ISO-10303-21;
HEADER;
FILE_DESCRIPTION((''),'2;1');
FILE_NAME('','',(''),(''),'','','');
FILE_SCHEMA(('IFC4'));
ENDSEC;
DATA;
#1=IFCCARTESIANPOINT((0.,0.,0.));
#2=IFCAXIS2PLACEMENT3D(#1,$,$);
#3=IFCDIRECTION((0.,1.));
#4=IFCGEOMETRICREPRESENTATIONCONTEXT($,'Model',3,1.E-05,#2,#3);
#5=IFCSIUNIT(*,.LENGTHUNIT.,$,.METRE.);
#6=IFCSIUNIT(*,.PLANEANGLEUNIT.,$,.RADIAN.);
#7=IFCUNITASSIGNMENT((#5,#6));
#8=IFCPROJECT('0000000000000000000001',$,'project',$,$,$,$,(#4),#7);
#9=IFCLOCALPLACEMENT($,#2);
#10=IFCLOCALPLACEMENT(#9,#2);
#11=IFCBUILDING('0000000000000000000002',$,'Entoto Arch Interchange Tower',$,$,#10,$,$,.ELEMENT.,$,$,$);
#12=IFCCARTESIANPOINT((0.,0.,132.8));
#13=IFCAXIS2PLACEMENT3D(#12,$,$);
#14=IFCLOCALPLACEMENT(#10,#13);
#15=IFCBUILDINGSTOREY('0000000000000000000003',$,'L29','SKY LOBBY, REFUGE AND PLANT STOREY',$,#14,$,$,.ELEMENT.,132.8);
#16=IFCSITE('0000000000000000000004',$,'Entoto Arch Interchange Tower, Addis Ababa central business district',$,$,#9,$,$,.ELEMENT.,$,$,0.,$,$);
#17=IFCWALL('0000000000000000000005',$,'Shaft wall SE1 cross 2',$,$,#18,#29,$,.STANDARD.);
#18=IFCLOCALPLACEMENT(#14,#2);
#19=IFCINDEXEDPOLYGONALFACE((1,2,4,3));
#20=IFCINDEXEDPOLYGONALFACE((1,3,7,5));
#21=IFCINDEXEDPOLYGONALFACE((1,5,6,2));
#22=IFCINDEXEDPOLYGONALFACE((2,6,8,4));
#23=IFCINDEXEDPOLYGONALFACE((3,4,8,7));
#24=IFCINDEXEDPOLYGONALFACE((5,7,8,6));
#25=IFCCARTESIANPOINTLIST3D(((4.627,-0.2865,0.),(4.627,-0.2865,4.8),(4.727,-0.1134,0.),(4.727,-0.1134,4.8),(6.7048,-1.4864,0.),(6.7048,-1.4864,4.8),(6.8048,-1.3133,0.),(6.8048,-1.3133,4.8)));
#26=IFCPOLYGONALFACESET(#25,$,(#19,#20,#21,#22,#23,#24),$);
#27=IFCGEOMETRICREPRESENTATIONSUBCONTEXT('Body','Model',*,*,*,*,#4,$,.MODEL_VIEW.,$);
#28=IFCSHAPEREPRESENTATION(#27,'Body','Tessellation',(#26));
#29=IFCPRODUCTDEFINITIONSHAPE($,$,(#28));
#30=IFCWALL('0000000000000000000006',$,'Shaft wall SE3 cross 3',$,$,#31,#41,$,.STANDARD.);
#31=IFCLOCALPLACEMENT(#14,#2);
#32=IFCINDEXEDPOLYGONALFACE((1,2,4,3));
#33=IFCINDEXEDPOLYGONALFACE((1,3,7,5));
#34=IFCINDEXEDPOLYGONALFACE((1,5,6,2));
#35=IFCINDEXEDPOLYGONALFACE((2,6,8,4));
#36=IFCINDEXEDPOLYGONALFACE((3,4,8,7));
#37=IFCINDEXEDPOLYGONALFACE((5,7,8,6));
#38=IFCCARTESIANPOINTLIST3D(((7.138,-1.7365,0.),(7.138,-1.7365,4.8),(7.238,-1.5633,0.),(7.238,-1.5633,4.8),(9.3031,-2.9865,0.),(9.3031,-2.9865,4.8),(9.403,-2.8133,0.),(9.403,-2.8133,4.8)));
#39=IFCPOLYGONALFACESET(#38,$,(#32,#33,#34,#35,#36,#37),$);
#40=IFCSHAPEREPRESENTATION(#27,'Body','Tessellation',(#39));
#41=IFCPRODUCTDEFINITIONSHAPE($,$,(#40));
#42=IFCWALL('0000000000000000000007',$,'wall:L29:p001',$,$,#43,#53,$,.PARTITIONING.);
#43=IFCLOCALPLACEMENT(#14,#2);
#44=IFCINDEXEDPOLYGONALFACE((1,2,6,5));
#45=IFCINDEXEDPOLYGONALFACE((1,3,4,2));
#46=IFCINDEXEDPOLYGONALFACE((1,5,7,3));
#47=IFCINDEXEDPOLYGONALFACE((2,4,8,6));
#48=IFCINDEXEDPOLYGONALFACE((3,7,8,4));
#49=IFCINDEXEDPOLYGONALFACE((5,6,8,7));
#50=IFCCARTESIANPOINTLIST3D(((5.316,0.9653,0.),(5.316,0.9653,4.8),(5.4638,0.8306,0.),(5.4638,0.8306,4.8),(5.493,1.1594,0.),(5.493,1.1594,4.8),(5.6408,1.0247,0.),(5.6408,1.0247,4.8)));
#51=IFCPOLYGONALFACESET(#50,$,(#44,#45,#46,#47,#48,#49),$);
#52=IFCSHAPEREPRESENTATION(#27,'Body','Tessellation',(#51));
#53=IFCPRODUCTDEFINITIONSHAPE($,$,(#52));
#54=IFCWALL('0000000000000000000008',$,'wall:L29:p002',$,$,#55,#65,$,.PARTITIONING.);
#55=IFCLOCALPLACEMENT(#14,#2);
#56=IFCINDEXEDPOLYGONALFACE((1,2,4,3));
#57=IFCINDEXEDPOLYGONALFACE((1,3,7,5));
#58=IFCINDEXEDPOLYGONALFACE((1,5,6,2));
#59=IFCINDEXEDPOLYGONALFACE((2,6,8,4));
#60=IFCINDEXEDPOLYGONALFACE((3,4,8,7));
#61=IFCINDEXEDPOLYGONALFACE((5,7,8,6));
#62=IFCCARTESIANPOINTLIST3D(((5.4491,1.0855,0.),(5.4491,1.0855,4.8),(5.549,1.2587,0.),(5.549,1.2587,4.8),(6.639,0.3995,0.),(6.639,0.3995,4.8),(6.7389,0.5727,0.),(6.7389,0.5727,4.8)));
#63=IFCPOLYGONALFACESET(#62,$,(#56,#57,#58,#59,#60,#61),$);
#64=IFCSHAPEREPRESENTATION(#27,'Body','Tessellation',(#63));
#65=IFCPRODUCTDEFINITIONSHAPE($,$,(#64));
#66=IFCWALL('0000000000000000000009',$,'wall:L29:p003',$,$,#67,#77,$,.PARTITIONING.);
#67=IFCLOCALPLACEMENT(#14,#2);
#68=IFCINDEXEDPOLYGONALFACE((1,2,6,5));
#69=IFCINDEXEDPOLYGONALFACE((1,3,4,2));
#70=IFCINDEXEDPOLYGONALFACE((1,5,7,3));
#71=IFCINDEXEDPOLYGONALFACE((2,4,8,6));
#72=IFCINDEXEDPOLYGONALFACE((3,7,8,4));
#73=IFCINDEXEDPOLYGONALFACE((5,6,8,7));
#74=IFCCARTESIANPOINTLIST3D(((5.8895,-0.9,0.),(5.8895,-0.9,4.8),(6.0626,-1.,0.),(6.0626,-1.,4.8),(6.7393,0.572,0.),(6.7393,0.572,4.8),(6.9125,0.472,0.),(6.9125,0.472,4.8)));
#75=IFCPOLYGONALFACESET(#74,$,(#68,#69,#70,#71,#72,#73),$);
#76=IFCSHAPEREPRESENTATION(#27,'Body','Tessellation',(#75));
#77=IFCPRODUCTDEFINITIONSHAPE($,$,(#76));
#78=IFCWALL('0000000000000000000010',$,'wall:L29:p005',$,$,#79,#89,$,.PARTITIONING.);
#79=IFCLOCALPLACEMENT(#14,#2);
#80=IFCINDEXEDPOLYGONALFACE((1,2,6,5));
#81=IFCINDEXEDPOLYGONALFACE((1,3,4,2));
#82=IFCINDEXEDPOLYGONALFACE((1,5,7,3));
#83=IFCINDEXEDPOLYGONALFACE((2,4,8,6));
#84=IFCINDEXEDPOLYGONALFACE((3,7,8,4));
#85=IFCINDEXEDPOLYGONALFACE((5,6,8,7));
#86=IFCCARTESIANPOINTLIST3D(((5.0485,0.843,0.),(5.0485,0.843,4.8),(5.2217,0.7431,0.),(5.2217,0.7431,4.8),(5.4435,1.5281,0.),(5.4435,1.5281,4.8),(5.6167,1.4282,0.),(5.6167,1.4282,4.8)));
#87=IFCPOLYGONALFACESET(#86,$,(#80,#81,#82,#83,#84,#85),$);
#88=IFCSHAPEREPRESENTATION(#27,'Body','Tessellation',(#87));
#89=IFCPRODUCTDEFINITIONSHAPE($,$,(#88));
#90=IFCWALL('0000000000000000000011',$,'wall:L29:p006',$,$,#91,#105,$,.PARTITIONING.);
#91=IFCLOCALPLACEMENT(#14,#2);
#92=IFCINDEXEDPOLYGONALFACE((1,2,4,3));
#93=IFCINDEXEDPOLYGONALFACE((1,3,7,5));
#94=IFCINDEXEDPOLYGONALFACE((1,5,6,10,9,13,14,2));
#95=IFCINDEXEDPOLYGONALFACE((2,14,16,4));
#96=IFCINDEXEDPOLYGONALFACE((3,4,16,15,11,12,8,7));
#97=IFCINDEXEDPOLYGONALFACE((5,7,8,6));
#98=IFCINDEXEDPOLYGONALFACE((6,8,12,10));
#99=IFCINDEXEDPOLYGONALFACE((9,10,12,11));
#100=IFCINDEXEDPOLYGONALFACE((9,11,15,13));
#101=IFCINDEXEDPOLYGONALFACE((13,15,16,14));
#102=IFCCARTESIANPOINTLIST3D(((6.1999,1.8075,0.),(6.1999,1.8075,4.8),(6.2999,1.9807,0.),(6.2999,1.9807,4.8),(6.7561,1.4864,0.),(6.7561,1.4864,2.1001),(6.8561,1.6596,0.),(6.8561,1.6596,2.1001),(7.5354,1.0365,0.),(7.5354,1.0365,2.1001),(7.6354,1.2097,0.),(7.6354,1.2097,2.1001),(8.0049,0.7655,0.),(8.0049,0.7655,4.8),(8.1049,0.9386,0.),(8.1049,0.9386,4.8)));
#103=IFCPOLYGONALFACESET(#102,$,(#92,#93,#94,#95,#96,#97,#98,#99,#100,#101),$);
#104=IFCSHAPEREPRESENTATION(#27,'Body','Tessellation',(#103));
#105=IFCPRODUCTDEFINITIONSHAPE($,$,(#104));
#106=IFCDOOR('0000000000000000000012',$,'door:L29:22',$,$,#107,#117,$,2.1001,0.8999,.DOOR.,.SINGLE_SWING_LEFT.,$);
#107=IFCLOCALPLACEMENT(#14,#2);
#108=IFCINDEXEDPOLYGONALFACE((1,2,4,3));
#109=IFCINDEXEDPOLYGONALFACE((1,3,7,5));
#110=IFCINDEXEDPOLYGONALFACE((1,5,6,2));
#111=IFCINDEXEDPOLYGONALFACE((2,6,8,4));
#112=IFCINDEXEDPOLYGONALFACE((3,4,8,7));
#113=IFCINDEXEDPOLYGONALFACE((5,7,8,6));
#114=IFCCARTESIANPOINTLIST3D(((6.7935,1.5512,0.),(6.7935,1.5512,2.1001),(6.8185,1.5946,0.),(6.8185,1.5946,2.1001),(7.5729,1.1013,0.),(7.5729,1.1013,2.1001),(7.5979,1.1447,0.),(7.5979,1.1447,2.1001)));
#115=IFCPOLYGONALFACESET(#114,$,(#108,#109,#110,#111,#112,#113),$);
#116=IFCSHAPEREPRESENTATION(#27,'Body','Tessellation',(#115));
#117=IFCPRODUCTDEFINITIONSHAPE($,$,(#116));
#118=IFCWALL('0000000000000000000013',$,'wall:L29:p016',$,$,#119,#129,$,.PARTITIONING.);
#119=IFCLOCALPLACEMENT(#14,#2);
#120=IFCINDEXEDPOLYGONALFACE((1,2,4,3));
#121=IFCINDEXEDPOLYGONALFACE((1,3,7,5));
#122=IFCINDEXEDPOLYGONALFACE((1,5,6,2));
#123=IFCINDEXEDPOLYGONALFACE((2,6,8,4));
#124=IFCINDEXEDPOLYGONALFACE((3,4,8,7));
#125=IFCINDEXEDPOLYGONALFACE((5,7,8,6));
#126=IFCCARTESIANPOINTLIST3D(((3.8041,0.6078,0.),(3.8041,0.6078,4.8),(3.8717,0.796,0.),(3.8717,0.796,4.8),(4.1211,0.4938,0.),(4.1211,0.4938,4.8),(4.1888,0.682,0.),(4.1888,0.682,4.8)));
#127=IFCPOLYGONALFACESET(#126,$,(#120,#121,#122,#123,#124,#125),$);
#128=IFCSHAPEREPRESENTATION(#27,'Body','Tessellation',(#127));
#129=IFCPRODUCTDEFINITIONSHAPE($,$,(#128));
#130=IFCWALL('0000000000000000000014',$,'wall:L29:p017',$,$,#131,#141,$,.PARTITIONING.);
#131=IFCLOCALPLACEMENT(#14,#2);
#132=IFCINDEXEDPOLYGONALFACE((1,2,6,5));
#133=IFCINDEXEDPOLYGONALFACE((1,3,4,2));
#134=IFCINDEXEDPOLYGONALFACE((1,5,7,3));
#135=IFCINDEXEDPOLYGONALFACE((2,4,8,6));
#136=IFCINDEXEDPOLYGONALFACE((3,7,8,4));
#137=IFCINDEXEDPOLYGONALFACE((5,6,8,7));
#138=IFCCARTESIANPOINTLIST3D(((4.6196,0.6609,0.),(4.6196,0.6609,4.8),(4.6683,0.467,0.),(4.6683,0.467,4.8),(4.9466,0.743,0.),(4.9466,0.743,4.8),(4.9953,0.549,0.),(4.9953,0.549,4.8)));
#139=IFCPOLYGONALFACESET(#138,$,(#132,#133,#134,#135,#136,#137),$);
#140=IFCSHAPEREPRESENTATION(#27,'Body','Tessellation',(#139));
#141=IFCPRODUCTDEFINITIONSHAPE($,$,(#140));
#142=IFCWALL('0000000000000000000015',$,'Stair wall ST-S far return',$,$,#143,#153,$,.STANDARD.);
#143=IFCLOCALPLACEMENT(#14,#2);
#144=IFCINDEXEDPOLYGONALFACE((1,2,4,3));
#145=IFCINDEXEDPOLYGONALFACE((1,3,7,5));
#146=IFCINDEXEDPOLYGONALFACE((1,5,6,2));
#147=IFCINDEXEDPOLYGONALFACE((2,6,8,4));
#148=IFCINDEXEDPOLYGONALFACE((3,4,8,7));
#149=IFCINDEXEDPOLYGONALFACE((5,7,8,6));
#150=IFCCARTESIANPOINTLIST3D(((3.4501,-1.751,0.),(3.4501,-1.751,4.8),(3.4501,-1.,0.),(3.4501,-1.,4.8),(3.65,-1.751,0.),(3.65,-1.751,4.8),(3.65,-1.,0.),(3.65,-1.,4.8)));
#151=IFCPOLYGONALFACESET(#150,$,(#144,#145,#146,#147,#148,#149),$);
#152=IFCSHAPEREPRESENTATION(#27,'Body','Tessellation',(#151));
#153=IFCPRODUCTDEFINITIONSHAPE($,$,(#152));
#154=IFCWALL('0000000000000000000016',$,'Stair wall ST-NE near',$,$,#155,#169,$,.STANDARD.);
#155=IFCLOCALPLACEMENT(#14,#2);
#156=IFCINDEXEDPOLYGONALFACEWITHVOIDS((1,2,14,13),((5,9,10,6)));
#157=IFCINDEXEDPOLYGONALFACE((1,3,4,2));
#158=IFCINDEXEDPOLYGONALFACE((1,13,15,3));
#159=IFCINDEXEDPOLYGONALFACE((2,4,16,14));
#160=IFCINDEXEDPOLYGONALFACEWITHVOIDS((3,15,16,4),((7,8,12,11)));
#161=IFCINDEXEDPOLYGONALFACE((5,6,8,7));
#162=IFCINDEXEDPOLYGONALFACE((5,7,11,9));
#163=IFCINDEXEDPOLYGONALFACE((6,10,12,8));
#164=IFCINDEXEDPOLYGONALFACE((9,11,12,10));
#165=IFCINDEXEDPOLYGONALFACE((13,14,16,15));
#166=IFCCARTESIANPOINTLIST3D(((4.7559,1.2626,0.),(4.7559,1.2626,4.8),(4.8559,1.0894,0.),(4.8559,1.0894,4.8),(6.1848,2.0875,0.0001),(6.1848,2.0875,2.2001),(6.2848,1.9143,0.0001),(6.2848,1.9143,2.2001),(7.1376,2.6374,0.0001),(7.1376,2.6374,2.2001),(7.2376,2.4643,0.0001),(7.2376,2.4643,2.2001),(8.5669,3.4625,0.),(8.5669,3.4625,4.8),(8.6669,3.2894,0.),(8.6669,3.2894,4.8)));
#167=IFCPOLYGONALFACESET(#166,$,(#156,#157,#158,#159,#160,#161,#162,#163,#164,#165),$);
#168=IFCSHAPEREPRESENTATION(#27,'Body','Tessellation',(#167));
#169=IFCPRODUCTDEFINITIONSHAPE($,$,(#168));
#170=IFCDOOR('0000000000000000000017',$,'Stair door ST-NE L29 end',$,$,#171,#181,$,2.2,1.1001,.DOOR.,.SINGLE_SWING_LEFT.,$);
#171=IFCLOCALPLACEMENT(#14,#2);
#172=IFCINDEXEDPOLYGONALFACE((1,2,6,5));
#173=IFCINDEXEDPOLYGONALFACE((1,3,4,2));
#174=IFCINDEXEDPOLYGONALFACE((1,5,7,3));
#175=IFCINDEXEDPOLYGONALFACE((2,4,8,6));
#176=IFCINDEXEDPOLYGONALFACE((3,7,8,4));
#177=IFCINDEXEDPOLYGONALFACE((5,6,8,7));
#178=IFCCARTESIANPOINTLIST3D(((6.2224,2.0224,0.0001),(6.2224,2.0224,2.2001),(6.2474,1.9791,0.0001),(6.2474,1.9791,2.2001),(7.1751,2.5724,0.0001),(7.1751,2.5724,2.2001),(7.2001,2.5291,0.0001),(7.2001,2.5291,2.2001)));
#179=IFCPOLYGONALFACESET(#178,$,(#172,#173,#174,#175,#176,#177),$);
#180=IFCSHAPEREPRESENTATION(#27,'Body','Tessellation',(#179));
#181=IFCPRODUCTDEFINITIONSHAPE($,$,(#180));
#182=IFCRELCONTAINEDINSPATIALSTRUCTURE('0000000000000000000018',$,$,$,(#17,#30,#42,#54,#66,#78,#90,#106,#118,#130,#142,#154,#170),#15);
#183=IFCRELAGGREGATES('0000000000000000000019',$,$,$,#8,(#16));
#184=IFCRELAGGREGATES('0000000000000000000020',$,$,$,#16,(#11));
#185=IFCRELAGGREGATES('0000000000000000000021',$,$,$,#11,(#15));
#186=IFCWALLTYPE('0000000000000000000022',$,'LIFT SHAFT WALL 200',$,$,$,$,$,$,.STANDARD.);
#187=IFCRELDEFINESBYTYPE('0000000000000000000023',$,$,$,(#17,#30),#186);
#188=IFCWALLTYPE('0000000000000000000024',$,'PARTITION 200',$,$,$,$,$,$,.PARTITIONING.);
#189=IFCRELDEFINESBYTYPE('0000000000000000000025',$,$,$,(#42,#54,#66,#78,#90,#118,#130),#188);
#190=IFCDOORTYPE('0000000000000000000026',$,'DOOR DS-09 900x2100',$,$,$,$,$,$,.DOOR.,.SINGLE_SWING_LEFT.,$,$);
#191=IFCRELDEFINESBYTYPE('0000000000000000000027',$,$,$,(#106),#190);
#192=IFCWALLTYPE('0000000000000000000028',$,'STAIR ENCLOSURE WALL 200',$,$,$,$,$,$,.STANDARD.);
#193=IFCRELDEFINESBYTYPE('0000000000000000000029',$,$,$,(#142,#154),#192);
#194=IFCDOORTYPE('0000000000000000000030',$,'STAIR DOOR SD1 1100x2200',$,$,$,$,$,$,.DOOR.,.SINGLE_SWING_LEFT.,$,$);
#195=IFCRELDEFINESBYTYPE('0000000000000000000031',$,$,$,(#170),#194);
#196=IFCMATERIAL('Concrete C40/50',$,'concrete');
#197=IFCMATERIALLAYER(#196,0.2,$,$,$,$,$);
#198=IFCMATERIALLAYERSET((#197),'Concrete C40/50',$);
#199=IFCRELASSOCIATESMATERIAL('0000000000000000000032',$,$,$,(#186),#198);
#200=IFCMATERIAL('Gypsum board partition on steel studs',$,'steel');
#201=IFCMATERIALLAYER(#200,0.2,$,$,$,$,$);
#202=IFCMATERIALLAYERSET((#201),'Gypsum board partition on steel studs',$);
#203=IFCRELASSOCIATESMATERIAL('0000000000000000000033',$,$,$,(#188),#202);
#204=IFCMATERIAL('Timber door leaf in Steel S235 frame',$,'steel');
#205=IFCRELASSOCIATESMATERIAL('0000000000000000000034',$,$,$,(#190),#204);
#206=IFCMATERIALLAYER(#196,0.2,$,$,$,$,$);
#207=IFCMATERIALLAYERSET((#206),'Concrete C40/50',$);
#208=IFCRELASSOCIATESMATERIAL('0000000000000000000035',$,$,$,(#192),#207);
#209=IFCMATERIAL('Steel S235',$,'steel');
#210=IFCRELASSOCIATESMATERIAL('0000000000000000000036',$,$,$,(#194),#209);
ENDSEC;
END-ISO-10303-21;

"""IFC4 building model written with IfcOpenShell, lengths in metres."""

from ifc_helpers import new_model, si_unit, direction, frame, frame_2d, origin, place, context, subcontext, project, spatial, rectangle, extrude, material, layer, layer_set, type_object, element, fill, save


model = new_model("IFC4")

# Units and contexts
model_context = context("Model", 3, precision=1e-05, world=origin(), true_north=direction((0.0, 1.0)))
body_context = subcontext(model_context, "Body", "Model", "MODEL_VIEW")
ifc_project = project(units=[si_unit("LENGTHUNIT", "METRE"), si_unit("PLANEANGLEUNIT", "RADIAN")], contexts=[model_context])

# Site, building, storey
site_placement = place(None, origin())
site = spatial("IfcSite", under=ifc_project, at=site_placement, Name="Entoto Arch Interchange Tower, Addis Ababa central business district", CompositionType="ELEMENT", RefElevation=0.0)
building_placement = place(site_placement, origin())
building = spatial("IfcBuilding", under=site, at=building_placement, Name="Entoto Arch Interchange Tower", CompositionType="ELEMENT")
storey_placement = place(building_placement, frame((0.0, 0.0, 132.8)))
storey = spatial("IfcBuildingStorey", under=building, at=storey_placement, Name="L29", Description="SKY LOBBY, REFUGE AND PLANT STOREY", CompositionType="ELEMENT", Elevation=132.8)

# Walls
ifc_material_1 = material(Name="Concrete C40/50", Category="concrete")
ifc_layer_1 = layer(ifc_material_1, 0.2)
ifc_layer_set_1 = layer_set([ifc_layer_1], Name="Concrete C40/50")
wall_type_1 = type_object("IfcWallType", Name="LIFT SHAFT WALL 200", PredefinedType="STANDARD", material=ifc_layer_set_1)
wall_1_placement = place(storey_placement, frame((4.677, -0.2, 0.0), z_axis=(0.0, 0.0, 1.0), x_axis=(0.865974, -0.500089, 0.0)))
element("IfcWall", 1, at=wall_1_placement, inside=storey, type_object=wall_type_1, Name="Shaft wall SE1 cross 2", PredefinedType="STANDARD", context=body_context, shape_type="SweptSolid", body=[
    extrude(rectangle(XDim=2.3994, YDim=0.2, at=frame_2d((1.1997, 0.0))), origin(), (0.0, 0.0, 1.0), 4.8),
])
wall_2_placement = place(storey_placement, frame((7.188, -1.6499, 0.0), z_axis=(0.0, 0.0, 1.0), x_axis=(0.866023, -0.500004, 0.0)))
element("IfcWall", 2, at=wall_2_placement, inside=storey, type_object=wall_type_1, Name="Shaft wall SE3 cross 3", PredefinedType="STANDARD", context=body_context, shape_type="SweptSolid", body=[
    extrude(rectangle(XDim=2.5, YDim=0.2, at=frame_2d((1.25, 0.0))), origin(), (0.0, 0.0, 1.0), 4.8),
])
ifc_material_2 = material(Name="Gypsum board partition on steel studs", Category="steel")
ifc_layer_2 = layer(ifc_material_2, 0.2)
ifc_layer_set_2 = layer_set([ifc_layer_2], Name="Gypsum board partition on steel studs")
wall_type_2 = type_object("IfcWallType", Name="PARTITION 200", PredefinedType="PARTITIONING", material=ifc_layer_set_2)
wall_3_placement = place(storey_placement, frame((5.3899, 0.8979, 0.0), z_axis=(0.0, 0.0, 1.0), x_axis=(0.673828, 0.738888, 0.0)))
element("IfcWall", 3, at=wall_3_placement, inside=storey, type_object=wall_type_2, Name="wall:L29:p001", PredefinedType="PARTITIONING", context=body_context, shape_type="SweptSolid", body=[
    extrude(rectangle(XDim=0.2627, YDim=0.2, at=frame_2d((0.1313, 0.0))), origin(), (0.0, 0.0, 1.0), 4.8),
])
wall_4_placement = place(storey_placement, frame((5.499, 1.1721, 0.0), z_axis=(0.0, 0.0, 1.0), x_axis=(0.866334, -0.499466, 0.0)))
element("IfcWall", 4, at=wall_4_placement, inside=storey, type_object=wall_type_2, Name="wall:L29:p002", PredefinedType="PARTITIONING", context=body_context, shape_type="SweptSolid", body=[
    extrude(rectangle(XDim=1.3735, YDim=0.2, at=frame_2d((0.6868, 0.0))), origin(), (0.0, 0.0, 1.0), 4.8),
])
wall_5_placement = place(storey_placement, frame((6.8259, 0.522, 0.0), z_axis=(0.0, 0.0, 1.0), x_axis=(-0.500017, -0.866016, 0.0)))
element("IfcWall", 5, at=wall_5_placement, inside=storey, type_object=wall_type_2, Name="wall:L29:p003", PredefinedType="PARTITIONING", context=body_context, shape_type="SweptSolid", body=[
    extrude(rectangle(XDim=1.6997, YDim=0.2, at=frame_2d((0.8499, 0.0))), origin(), (0.0, 0.0, 1.0), 4.8),
])
wall_6_placement = place(storey_placement, frame((5.135, 0.793, 0.0), z_axis=(0.0, 0.0, 1.0), x_axis=(0.499526, 0.866299, 0.0)))
element("IfcWall", 6, at=wall_6_placement, inside=storey, type_object=wall_type_2, Name="wall:L29:p005", PredefinedType="PARTITIONING", context=body_context, shape_type="SweptSolid", body=[
    extrude(rectangle(XDim=0.7908, YDim=0.2, at=frame_2d((0.3955, 0.0))), origin(), (0.0, 0.0, 1.0), 4.8),
])

# Wall, opening, door
wall_7_placement = place(storey_placement, frame((6.25, 1.894, 0.0), z_axis=(0.0, 0.0, 1.0), x_axis=(0.866043, -0.499969, 0.0)))
wall_7 = element("IfcWall", 7, at=wall_7_placement, inside=storey, type_object=wall_type_2, Name="wall:L29:p006", PredefinedType="PARTITIONING", context=body_context, shape_type="SweptSolid", body=[
    extrude(rectangle(XDim=2.0842, YDim=0.2, at=frame_2d((1.042, 0.0))), origin(), (0.0, 0.0, 1.0), 4.8),
])
opening_1_placement = place(wall_7_placement, frame((0.6421, 0.0, 0.0)))
opening_1 = element("IfcOpeningElement", 8, at=opening_1_placement, cuts=wall_7, PredefinedType="OPENING", context=body_context, shape_type="SweptSolid", body=[
    extrude(rectangle(XDim=0.8999, YDim=2.1001, at=frame_2d((0.45, 1.05))), frame((0.0, 0.1099, 0.0), z_axis=(0.0, -1.0, 0.0), x_axis=(1.0, 0.0, 0.0)), (0.0, 0.0, 1.0), 0.22),
])
ifc_material_3 = material(Name="Timber door leaf in Steel S235 frame", Category="steel")
door_type_1 = type_object("IfcDoorType", Name="DOOR DS-09 900x2100", OperationType="SINGLE_SWING_LEFT", PredefinedType="DOOR", material=ifc_material_3)
door_1_placement = place(opening_1_placement, origin())
door_1 = element("IfcDoor", 9, at=door_1_placement, inside=storey, type_object=door_type_1, Name="door:L29:22", OperationType="SINGLE_SWING_LEFT", OverallHeight=2.1001, OverallWidth=0.8999, PredefinedType="DOOR", context=body_context, shape_type="SweptSolid", body=[
    extrude(rectangle(XDim=0.8999, YDim=2.1001, at=frame_2d((0.45, 1.05))), frame((0.0, 0.0249, 0.0), z_axis=(0.0, -1.0, 0.0), x_axis=(1.0, 0.0, 0.0)), (0.0, 0.0, 1.0), 0.05),
])
fill(opening_1, door_1)

# Walls
wall_8_placement = place(storey_placement, frame((3.8379, 0.7019, 0.0), z_axis=(0.0, 0.0, 1.0), x_axis=(0.941035, -0.338309, 0.0)))
element("IfcWall", 10, at=wall_8_placement, inside=storey, type_object=wall_type_2, Name="wall:L29:p016", PredefinedType="PARTITIONING", context=body_context, shape_type="SweptSolid", body=[
    extrude(rectangle(XDim=0.3369, YDim=0.2, at=frame_2d((0.1685, 0.0))), origin(), (0.0, 0.0, 1.0), 4.8),
])
wall_9_placement = place(storey_placement, frame((4.644, 0.564, 0.0), z_axis=(0.0, 0.0, 1.0), x_axis=(0.969929, 0.243388, 0.0)))
element("IfcWall", 11, at=wall_9_placement, inside=storey, type_object=wall_type_2, Name="wall:L29:p017", PredefinedType="PARTITIONING", context=body_context, shape_type="SweptSolid", body=[
    extrude(rectangle(XDim=0.3372, YDim=0.2, at=frame_2d((0.1685, 0.0))), origin(), (0.0, 0.0, 1.0), 4.8),
])
ifc_layer_3 = layer(ifc_material_1, 0.2)
ifc_layer_set_3 = layer_set([ifc_layer_3], Name="Concrete C40/50")
wall_type_3 = type_object("IfcWallType", Name="STAIR ENCLOSURE WALL 200", PredefinedType="STANDARD", material=ifc_layer_set_3)
wall_10_placement = place(storey_placement, frame((3.55, -1.0, 0.0), z_axis=(0.0, 0.0, 1.0), x_axis=(0.0, -1.0, 0.0)))
element("IfcWall", 12, at=wall_10_placement, inside=storey, type_object=wall_type_3, Name="Stair wall ST-S far return", PredefinedType="STANDARD", context=body_context, shape_type="SweptSolid", body=[
    extrude(rectangle(XDim=0.751, YDim=0.2, at=frame_2d((0.3755, 0.0))), origin(), (0.0, 0.0, 1.0), 4.8),
])

# Wall, opening, door
wall_11_placement = place(storey_placement, frame((4.8059, 1.176, 0.0), z_axis=(0.0, 0.0, 1.0), x_axis=(0.86606, 0.49994, 0.0)))
wall_11 = element("IfcWall", 13, at=wall_11_placement, inside=storey, type_object=wall_type_3, Name="Stair wall ST-NE near", PredefinedType="STANDARD", context=body_context, shape_type="SweptSolid", body=[
    extrude(rectangle(XDim=4.4004, YDim=0.2, at=frame_2d((2.2002, 0.0))), origin(), (0.0, 0.0, 1.0), 4.8),
])
opening_2_placement = place(wall_11_placement, frame((1.6499, 0.0, 0.0)))
opening_2 = element("IfcOpeningElement", 14, at=opening_2_placement, cuts=wall_11, PredefinedType="OPENING", context=body_context, shape_type="SweptSolid", body=[
    extrude(rectangle(XDim=1.1001, YDim=2.2, at=frame_2d((0.55, 1.1001))), frame((0.0, 0.1099, 0.0), z_axis=(0.0, -1.0, 0.0), x_axis=(1.0, 0.0, 0.0)), (0.0, 0.0, 1.0), 0.22),
])
ifc_material_4 = material(Name="Steel S235", Category="steel")
door_type_2 = type_object("IfcDoorType", Name="STAIR DOOR SD1 1100x2200", OperationType="SINGLE_SWING_LEFT", PredefinedType="DOOR", material=ifc_material_4)
door_2_placement = place(opening_2_placement, origin())
door_2 = element("IfcDoor", 15, at=door_2_placement, inside=storey, type_object=door_type_2, Name="Stair door ST-NE L29 end", OperationType="SINGLE_SWING_LEFT", OverallHeight=2.2, OverallWidth=1.1001, PredefinedType="DOOR", context=body_context, shape_type="SweptSolid", body=[
    extrude(rectangle(XDim=1.1001, YDim=2.2, at=frame_2d((0.55, 1.1001))), frame((0.0, 0.0249, 0.0), z_axis=(0.0, -1.0, 0.0), x_axis=(1.0, 0.0, 0.0)), (0.0, 0.0, 1.0), 0.05),
])
fill(opening_2, door_2)

save(model, "model.ifc")
